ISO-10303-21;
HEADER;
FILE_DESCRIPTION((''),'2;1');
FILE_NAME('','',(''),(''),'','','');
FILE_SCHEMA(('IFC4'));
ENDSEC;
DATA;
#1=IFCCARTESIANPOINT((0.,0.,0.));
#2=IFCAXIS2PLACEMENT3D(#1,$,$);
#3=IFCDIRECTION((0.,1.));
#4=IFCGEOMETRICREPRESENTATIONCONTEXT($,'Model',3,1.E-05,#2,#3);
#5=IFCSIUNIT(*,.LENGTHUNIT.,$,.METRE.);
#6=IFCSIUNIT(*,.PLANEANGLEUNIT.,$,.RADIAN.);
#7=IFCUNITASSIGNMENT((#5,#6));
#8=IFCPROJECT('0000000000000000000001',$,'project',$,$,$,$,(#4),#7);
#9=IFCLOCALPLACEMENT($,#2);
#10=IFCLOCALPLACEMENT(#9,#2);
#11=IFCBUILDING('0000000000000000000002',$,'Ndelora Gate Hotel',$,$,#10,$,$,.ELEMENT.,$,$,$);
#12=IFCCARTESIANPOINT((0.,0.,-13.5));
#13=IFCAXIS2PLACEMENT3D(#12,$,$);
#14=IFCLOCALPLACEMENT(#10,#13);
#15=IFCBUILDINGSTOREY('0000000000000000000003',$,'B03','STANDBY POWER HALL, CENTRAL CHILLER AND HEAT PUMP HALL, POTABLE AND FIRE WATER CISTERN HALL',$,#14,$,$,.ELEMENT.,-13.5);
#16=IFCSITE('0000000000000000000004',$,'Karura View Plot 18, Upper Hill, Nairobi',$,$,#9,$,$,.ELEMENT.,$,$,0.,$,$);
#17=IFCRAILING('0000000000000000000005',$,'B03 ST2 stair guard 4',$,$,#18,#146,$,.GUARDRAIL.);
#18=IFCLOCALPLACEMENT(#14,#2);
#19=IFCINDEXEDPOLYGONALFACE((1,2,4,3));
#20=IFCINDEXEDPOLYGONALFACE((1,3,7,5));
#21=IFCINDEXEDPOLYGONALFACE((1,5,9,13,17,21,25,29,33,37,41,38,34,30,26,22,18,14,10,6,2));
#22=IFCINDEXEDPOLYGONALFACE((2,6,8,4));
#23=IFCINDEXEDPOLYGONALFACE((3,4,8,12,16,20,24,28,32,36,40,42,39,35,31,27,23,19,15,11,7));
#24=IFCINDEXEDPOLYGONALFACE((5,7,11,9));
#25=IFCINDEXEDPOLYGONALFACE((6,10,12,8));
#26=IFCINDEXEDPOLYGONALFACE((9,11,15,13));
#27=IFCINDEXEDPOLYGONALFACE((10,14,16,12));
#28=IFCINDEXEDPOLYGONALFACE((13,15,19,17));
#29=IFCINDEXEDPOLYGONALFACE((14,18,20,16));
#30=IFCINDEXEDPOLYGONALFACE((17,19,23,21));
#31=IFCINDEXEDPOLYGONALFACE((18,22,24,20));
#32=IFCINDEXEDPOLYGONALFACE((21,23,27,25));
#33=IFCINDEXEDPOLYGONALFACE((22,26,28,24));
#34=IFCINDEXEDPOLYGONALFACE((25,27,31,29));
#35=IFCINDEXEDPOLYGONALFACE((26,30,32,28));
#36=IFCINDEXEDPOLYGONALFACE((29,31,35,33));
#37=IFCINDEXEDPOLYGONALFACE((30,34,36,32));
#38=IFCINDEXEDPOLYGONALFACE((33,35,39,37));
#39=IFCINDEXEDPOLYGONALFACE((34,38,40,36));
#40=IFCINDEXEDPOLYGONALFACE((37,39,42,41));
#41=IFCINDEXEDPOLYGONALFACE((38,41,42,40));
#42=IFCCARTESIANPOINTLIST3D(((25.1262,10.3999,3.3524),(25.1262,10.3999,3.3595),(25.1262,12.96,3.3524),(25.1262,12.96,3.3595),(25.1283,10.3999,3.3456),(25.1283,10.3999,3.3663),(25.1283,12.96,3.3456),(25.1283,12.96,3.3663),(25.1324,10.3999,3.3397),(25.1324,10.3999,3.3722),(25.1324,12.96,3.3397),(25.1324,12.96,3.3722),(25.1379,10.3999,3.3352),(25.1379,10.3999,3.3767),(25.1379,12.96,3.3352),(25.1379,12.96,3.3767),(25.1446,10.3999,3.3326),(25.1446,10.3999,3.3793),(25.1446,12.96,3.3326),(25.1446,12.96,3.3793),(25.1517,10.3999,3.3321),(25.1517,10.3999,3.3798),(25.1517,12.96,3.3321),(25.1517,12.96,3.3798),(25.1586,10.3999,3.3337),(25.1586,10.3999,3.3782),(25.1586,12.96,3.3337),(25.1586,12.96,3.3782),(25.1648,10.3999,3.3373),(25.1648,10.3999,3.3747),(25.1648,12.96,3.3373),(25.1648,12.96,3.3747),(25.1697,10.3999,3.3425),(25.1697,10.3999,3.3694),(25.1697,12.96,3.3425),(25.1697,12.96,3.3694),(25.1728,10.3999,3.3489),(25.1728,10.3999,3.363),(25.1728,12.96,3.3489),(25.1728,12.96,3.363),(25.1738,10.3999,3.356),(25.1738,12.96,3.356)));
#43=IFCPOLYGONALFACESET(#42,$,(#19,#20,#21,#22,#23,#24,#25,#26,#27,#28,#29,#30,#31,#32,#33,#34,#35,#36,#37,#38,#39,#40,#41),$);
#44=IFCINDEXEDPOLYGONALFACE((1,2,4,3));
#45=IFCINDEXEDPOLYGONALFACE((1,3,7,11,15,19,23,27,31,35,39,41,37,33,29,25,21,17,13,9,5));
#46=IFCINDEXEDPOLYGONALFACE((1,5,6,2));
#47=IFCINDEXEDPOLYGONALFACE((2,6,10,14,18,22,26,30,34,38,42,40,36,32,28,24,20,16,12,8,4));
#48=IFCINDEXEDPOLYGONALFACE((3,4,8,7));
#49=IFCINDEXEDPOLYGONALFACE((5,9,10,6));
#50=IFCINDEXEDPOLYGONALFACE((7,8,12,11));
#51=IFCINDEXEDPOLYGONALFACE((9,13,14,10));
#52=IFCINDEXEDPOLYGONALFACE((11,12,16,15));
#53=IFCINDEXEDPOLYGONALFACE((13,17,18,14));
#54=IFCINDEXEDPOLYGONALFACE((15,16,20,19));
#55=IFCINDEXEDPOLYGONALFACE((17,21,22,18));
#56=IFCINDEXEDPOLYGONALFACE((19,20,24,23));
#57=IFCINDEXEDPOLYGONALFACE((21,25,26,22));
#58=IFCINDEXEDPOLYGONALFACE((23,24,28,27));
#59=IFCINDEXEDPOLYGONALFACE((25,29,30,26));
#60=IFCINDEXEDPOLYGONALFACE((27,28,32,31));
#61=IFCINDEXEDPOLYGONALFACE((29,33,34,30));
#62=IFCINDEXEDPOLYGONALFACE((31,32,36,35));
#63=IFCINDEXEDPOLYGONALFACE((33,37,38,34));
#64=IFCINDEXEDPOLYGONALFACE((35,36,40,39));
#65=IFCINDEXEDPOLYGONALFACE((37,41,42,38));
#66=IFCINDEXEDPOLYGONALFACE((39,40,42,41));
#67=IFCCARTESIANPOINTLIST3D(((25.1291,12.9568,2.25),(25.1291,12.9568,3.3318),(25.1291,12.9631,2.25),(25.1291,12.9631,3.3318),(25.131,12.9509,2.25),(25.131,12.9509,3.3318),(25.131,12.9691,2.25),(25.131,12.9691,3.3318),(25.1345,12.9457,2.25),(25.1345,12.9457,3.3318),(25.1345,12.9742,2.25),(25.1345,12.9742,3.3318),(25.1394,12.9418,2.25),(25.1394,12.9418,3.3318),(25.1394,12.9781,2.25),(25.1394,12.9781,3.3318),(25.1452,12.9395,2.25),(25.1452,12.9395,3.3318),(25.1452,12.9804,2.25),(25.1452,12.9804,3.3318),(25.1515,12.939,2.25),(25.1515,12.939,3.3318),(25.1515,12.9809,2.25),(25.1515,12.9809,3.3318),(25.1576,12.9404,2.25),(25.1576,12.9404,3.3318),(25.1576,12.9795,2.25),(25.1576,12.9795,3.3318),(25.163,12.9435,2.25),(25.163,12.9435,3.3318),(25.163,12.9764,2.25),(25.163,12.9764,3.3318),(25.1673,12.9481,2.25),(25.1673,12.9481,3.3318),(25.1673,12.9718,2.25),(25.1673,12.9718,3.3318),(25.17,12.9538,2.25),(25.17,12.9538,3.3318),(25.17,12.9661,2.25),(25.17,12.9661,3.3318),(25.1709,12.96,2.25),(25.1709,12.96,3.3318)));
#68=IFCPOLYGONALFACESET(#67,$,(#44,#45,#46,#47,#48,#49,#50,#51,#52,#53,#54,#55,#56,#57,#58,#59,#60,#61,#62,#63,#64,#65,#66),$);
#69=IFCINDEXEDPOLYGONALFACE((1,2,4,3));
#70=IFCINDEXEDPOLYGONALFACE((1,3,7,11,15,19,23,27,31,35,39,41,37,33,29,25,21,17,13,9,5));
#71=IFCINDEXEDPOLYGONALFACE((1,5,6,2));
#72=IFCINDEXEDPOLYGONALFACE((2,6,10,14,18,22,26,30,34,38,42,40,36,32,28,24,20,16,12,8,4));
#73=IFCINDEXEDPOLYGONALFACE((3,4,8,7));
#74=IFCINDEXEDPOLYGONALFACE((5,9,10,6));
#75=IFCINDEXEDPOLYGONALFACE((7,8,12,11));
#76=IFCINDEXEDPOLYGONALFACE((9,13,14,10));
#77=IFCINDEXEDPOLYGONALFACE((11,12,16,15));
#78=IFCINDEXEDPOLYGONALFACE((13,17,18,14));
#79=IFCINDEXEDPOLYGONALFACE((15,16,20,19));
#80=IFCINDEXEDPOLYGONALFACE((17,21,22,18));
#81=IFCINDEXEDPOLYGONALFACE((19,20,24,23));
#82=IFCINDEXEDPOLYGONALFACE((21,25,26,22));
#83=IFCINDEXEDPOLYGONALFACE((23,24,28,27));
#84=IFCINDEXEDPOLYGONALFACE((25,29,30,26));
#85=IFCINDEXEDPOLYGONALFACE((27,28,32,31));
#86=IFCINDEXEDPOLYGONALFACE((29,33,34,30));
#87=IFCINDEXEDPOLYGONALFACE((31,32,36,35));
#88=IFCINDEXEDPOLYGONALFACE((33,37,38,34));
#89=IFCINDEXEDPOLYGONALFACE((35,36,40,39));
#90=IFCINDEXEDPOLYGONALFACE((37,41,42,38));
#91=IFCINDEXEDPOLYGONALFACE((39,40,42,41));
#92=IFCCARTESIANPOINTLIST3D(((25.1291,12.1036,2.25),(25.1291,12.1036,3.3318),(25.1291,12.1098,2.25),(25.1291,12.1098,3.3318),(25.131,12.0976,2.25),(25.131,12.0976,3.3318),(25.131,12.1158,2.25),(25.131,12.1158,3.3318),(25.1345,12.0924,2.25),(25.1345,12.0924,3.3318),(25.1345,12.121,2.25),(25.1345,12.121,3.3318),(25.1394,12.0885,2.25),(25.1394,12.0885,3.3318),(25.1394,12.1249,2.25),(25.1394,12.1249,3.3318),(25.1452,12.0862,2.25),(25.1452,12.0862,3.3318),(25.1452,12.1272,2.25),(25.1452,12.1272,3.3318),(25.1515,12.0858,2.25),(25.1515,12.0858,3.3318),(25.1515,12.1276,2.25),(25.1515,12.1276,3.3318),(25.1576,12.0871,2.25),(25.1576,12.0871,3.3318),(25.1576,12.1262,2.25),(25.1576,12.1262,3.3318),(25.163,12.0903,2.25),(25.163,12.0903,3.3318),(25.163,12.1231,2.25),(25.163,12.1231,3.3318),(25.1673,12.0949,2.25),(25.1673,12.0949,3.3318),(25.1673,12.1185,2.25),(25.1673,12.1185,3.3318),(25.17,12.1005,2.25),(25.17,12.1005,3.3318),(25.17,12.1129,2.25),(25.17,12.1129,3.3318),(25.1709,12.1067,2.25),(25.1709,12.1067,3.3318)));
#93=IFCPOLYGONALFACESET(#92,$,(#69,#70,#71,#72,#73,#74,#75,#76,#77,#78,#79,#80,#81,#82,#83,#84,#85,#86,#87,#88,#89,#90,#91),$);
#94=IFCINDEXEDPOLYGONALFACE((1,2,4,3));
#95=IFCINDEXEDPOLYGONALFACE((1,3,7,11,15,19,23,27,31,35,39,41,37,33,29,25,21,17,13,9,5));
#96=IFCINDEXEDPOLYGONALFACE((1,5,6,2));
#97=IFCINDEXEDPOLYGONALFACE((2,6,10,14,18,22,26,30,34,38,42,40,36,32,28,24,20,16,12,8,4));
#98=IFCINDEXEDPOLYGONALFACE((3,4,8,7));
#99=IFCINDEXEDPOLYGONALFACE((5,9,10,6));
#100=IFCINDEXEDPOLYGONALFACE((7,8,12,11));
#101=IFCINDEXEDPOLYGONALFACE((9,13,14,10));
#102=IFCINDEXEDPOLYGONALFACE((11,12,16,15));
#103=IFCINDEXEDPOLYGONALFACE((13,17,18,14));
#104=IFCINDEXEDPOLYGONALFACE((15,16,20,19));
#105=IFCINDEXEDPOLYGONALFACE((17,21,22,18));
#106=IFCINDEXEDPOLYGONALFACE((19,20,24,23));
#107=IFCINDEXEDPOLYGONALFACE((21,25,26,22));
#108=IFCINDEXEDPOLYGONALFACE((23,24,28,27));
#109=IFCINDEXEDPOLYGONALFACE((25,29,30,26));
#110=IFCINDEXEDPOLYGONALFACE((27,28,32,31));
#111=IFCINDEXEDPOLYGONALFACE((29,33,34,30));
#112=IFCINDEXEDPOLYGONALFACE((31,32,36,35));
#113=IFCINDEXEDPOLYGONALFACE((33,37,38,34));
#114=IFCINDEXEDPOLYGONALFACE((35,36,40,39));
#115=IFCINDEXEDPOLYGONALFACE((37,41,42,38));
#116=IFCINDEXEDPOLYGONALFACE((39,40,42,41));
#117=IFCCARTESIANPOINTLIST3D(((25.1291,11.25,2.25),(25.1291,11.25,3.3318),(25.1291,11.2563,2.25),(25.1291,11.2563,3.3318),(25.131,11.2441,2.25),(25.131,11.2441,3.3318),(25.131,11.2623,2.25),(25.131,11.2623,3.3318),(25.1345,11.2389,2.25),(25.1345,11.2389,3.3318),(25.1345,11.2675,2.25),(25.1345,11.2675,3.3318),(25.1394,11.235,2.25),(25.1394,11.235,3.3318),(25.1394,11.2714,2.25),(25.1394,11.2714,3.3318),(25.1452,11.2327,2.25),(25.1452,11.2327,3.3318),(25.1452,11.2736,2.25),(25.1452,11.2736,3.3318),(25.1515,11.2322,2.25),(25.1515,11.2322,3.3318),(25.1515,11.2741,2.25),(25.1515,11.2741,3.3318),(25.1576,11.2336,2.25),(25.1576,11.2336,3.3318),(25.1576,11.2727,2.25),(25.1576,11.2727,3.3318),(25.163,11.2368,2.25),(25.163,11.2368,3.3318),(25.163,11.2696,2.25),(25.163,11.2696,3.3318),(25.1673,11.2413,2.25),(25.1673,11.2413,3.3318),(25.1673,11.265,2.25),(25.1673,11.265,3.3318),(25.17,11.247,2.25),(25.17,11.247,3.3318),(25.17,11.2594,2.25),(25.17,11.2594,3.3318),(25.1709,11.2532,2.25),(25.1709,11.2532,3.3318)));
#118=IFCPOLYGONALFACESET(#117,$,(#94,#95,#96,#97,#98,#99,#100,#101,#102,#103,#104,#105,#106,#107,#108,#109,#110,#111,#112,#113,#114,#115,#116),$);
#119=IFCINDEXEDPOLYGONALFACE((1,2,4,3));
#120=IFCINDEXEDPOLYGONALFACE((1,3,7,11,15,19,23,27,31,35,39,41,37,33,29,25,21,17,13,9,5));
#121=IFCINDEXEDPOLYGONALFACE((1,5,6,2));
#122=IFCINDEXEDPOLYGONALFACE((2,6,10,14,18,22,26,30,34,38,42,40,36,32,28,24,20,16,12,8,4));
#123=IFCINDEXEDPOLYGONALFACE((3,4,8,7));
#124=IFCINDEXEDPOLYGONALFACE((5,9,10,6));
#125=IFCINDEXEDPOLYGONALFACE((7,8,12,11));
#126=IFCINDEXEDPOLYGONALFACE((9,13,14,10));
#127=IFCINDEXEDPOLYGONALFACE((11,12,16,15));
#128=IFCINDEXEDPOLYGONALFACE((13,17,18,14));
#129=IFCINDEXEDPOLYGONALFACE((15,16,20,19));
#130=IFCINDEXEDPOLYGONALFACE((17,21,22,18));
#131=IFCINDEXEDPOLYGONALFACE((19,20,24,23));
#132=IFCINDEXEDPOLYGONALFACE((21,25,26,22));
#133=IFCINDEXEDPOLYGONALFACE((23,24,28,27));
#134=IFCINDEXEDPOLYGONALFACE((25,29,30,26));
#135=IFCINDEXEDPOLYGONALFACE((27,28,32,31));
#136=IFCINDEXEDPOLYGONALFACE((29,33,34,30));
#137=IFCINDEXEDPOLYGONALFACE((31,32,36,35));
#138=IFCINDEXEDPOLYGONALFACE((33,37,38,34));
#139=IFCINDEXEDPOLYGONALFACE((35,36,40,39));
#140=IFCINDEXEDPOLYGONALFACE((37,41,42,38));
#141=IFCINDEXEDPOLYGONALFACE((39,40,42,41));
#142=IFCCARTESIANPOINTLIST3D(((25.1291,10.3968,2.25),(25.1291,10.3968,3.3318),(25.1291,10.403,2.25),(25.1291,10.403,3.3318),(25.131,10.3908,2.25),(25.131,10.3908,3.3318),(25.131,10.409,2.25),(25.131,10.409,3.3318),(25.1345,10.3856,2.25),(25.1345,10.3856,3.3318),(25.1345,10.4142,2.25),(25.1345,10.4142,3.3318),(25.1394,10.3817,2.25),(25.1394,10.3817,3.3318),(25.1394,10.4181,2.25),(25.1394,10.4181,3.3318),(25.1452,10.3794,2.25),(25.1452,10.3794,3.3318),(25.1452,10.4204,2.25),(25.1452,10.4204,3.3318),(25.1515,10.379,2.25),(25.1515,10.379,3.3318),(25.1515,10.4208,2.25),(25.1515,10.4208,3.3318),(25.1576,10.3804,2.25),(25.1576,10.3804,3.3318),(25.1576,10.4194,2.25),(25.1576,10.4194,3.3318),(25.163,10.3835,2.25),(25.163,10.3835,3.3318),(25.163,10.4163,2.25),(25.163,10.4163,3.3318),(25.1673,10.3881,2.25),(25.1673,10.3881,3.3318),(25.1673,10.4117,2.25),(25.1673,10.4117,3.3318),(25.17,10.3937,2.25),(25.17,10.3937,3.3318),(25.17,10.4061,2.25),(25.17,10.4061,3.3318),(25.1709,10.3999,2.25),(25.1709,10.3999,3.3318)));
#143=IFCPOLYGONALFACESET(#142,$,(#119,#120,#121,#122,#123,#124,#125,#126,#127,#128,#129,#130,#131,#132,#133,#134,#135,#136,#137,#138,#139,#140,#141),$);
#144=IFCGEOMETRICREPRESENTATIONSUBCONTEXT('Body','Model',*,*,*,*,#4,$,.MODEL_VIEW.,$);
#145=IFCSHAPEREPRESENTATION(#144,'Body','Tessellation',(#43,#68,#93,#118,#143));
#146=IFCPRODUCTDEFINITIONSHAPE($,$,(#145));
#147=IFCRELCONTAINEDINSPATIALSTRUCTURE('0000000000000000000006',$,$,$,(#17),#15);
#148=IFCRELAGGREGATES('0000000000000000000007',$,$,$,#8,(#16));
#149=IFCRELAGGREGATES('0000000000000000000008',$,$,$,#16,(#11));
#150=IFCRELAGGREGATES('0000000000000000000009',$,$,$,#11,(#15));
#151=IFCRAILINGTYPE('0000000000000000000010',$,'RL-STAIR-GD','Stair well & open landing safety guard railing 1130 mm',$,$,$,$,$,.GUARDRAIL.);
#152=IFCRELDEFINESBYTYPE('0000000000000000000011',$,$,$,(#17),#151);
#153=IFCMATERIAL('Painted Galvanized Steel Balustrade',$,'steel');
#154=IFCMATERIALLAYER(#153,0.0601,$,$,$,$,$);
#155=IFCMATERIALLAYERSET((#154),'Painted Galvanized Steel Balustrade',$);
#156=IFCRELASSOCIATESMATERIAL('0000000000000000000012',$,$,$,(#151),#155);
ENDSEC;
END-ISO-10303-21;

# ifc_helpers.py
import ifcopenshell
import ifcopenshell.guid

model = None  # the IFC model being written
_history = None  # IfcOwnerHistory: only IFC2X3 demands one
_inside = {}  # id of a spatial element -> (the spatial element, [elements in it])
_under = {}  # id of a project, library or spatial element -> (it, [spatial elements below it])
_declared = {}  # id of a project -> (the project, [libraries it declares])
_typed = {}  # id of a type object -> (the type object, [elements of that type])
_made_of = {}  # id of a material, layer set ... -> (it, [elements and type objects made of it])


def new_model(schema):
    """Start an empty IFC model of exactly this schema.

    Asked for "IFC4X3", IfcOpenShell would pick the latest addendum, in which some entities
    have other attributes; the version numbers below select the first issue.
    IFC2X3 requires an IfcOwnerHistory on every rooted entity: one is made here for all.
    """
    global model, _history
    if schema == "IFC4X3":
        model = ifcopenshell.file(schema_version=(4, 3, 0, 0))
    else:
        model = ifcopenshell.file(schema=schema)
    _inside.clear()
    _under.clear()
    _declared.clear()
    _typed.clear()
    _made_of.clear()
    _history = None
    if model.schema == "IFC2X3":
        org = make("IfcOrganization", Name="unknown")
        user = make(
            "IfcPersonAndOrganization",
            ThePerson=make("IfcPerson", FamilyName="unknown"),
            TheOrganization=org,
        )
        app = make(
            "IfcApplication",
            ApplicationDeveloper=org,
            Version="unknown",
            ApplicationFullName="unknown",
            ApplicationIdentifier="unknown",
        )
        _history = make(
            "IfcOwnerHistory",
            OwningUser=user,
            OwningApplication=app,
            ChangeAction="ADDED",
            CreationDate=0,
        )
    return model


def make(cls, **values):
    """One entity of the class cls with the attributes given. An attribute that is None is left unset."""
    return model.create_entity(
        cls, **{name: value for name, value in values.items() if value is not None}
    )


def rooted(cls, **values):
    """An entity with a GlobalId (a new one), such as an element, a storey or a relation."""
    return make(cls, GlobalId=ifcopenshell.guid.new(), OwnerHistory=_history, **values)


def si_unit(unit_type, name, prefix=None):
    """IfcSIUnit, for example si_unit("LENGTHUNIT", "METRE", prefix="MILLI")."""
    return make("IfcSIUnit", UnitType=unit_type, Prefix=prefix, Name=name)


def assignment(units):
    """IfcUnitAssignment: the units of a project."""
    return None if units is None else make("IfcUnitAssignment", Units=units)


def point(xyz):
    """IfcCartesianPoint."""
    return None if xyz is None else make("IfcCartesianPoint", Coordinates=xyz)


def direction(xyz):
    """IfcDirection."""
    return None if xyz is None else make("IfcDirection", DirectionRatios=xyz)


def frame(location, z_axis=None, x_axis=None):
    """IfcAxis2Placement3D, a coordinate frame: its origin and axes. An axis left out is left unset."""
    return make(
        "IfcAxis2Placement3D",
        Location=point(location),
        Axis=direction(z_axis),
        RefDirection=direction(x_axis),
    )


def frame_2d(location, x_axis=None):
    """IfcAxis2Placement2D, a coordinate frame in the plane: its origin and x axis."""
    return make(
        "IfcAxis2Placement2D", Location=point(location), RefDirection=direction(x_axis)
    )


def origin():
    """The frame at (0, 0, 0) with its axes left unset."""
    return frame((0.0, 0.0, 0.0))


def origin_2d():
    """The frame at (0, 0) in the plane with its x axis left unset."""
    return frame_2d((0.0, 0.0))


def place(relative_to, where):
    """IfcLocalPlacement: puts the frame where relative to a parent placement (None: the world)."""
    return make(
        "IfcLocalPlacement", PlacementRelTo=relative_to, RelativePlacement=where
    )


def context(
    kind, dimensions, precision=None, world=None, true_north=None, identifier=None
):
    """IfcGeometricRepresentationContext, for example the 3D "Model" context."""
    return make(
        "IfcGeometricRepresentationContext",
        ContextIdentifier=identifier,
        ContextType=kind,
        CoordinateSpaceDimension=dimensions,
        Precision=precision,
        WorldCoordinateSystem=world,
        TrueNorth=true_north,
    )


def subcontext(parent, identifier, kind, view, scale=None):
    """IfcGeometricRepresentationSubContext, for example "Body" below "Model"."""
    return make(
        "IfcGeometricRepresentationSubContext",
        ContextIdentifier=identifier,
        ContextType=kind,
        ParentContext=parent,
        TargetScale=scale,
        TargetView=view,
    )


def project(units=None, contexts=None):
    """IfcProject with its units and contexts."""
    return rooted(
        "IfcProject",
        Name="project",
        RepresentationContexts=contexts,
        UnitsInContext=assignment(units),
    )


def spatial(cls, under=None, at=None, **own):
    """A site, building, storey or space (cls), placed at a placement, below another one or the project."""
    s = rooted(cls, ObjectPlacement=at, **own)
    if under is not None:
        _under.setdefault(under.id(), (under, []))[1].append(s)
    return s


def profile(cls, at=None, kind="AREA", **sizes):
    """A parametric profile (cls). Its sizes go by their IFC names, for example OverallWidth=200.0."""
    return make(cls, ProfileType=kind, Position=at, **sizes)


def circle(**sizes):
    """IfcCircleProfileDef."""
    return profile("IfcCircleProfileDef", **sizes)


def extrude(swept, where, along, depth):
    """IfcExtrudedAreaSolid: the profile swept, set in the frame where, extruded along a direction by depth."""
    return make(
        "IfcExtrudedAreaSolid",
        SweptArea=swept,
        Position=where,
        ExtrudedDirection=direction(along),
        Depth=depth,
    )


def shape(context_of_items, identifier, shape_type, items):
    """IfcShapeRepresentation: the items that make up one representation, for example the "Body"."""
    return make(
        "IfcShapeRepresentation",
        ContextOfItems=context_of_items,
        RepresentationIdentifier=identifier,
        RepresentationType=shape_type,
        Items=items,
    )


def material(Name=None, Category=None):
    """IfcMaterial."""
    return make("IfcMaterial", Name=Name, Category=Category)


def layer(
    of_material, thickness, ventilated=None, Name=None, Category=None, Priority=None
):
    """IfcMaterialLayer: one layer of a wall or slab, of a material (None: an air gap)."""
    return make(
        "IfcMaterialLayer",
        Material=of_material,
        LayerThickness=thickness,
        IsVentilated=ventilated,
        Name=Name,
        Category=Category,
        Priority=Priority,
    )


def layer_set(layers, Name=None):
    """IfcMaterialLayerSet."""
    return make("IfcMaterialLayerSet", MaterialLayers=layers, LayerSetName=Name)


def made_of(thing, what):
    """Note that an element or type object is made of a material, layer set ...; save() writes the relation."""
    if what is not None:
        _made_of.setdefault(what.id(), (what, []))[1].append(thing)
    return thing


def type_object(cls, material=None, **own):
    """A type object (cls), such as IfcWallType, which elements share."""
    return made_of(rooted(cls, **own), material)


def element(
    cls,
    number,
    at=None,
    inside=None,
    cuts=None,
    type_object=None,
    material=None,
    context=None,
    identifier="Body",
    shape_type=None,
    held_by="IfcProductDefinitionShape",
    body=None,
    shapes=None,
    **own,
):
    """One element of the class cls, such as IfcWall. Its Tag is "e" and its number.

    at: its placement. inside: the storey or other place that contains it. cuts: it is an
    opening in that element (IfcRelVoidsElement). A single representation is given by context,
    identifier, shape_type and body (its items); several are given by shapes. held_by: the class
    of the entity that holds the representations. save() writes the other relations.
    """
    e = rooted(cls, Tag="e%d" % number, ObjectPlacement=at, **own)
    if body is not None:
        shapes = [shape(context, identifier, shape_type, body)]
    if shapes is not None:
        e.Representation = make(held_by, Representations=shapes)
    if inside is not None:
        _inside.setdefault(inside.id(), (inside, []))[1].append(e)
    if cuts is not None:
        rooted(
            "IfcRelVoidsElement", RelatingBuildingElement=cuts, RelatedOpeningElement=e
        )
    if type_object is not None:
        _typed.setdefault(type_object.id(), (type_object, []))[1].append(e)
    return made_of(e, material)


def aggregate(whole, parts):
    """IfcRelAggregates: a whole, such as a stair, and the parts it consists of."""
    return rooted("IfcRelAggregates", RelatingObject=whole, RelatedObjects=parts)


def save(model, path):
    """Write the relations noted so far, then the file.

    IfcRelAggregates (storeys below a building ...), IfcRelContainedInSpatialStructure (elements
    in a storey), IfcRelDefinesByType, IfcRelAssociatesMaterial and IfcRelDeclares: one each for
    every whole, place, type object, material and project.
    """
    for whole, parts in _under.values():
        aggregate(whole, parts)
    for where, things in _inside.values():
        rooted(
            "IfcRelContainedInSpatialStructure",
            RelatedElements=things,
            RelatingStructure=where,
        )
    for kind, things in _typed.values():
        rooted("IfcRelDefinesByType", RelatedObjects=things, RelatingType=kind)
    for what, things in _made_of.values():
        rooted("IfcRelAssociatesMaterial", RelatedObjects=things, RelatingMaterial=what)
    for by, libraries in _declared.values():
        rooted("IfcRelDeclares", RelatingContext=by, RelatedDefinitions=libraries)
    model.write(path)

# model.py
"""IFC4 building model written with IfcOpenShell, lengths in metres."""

from ifc_helpers import new_model, si_unit, direction, frame, origin, origin_2d, place, context, subcontext, project, spatial, circle, extrude, material, layer, layer_set, type_object, element, save


model = new_model("IFC4")

# Units and contexts
model_context = context("Model", 3, precision=1e-05, world=origin(), true_north=direction((0.0, 1.0)))
body_context = subcontext(model_context, "Body", "Model", "MODEL_VIEW")
ifc_project = project(units=[si_unit("LENGTHUNIT", "METRE"), si_unit("PLANEANGLEUNIT", "RADIAN")], contexts=[model_context])

# Site, building, storey
site_placement = place(None, origin())
site = spatial("IfcSite", under=ifc_project, at=site_placement, Name="Karura View Plot 18, Upper Hill, Nairobi", CompositionType="ELEMENT", RefElevation=0.0)
building_placement = place(site_placement, origin())
building = spatial("IfcBuilding", under=site, at=building_placement, Name="Ndelora Gate Hotel", CompositionType="ELEMENT")
storey_placement = place(building_placement, frame((0.0, 0.0, -13.5)))
storey = spatial("IfcBuildingStorey", under=building, at=storey_placement, Name="B03", Description="STANDBY POWER HALL, CENTRAL CHILLER AND HEAT PUMP HALL, POTABLE AND FIRE WATER CISTERN HALL", CompositionType="ELEMENT", Elevation=-13.5)

# Railing
ifc_material_1 = material(Name="Painted Galvanized Steel Balustrade", Category="steel")
ifc_layer_1 = layer(ifc_material_1, 0.0601)
ifc_layer_set_1 = layer_set([ifc_layer_1], Name="Painted Galvanized Steel Balustrade")
railing_type_1 = type_object("IfcRailingType", Name="RL-STAIR-GD", Description="Stair well & open landing safety guard railing 1130 mm", PredefinedType="GUARDRAIL", material=ifc_layer_set_1)
for number, where, name in (
    (1, (25.1499, 12.96, 2.25), "B03 ST2 stair guard 4"),
):
    element("IfcRailing", number, at=place(storey_placement, frame(where)), inside=storey, type_object=railing_type_1, Name=name, PredefinedType="GUARDRAIL", context=body_context, shape_type="SweptSolid", body=[
        extrude(circle(Radius=0.0239, at=origin_2d()), frame((0.0, 0.0, 1.106), z_axis=(0.0, -1.0, 0.0), x_axis=(1.0, 0.0, 0.0)), (0.0, 0.0, 1.0), 2.5601),
        extrude(circle(Radius=0.021, at=origin_2d()), origin(), (0.0, 0.0, 1.0), 1.0818),
        extrude(circle(Radius=0.021, at=origin_2d()), frame((0.0, -0.8533, 0.0)), (0.0, 0.0, 1.0), 1.0818),
        extrude(circle(Radius=0.021, at=origin_2d()), frame((0.0, -1.7068, 0.0)), (0.0, 0.0, 1.0), 1.0818),
        extrude(circle(Radius=0.021, at=origin_2d()), frame((0.0, -2.5601, 0.0)), (0.0, 0.0, 1.0), 1.0818),
    ])

save(model, "model.ifc")
